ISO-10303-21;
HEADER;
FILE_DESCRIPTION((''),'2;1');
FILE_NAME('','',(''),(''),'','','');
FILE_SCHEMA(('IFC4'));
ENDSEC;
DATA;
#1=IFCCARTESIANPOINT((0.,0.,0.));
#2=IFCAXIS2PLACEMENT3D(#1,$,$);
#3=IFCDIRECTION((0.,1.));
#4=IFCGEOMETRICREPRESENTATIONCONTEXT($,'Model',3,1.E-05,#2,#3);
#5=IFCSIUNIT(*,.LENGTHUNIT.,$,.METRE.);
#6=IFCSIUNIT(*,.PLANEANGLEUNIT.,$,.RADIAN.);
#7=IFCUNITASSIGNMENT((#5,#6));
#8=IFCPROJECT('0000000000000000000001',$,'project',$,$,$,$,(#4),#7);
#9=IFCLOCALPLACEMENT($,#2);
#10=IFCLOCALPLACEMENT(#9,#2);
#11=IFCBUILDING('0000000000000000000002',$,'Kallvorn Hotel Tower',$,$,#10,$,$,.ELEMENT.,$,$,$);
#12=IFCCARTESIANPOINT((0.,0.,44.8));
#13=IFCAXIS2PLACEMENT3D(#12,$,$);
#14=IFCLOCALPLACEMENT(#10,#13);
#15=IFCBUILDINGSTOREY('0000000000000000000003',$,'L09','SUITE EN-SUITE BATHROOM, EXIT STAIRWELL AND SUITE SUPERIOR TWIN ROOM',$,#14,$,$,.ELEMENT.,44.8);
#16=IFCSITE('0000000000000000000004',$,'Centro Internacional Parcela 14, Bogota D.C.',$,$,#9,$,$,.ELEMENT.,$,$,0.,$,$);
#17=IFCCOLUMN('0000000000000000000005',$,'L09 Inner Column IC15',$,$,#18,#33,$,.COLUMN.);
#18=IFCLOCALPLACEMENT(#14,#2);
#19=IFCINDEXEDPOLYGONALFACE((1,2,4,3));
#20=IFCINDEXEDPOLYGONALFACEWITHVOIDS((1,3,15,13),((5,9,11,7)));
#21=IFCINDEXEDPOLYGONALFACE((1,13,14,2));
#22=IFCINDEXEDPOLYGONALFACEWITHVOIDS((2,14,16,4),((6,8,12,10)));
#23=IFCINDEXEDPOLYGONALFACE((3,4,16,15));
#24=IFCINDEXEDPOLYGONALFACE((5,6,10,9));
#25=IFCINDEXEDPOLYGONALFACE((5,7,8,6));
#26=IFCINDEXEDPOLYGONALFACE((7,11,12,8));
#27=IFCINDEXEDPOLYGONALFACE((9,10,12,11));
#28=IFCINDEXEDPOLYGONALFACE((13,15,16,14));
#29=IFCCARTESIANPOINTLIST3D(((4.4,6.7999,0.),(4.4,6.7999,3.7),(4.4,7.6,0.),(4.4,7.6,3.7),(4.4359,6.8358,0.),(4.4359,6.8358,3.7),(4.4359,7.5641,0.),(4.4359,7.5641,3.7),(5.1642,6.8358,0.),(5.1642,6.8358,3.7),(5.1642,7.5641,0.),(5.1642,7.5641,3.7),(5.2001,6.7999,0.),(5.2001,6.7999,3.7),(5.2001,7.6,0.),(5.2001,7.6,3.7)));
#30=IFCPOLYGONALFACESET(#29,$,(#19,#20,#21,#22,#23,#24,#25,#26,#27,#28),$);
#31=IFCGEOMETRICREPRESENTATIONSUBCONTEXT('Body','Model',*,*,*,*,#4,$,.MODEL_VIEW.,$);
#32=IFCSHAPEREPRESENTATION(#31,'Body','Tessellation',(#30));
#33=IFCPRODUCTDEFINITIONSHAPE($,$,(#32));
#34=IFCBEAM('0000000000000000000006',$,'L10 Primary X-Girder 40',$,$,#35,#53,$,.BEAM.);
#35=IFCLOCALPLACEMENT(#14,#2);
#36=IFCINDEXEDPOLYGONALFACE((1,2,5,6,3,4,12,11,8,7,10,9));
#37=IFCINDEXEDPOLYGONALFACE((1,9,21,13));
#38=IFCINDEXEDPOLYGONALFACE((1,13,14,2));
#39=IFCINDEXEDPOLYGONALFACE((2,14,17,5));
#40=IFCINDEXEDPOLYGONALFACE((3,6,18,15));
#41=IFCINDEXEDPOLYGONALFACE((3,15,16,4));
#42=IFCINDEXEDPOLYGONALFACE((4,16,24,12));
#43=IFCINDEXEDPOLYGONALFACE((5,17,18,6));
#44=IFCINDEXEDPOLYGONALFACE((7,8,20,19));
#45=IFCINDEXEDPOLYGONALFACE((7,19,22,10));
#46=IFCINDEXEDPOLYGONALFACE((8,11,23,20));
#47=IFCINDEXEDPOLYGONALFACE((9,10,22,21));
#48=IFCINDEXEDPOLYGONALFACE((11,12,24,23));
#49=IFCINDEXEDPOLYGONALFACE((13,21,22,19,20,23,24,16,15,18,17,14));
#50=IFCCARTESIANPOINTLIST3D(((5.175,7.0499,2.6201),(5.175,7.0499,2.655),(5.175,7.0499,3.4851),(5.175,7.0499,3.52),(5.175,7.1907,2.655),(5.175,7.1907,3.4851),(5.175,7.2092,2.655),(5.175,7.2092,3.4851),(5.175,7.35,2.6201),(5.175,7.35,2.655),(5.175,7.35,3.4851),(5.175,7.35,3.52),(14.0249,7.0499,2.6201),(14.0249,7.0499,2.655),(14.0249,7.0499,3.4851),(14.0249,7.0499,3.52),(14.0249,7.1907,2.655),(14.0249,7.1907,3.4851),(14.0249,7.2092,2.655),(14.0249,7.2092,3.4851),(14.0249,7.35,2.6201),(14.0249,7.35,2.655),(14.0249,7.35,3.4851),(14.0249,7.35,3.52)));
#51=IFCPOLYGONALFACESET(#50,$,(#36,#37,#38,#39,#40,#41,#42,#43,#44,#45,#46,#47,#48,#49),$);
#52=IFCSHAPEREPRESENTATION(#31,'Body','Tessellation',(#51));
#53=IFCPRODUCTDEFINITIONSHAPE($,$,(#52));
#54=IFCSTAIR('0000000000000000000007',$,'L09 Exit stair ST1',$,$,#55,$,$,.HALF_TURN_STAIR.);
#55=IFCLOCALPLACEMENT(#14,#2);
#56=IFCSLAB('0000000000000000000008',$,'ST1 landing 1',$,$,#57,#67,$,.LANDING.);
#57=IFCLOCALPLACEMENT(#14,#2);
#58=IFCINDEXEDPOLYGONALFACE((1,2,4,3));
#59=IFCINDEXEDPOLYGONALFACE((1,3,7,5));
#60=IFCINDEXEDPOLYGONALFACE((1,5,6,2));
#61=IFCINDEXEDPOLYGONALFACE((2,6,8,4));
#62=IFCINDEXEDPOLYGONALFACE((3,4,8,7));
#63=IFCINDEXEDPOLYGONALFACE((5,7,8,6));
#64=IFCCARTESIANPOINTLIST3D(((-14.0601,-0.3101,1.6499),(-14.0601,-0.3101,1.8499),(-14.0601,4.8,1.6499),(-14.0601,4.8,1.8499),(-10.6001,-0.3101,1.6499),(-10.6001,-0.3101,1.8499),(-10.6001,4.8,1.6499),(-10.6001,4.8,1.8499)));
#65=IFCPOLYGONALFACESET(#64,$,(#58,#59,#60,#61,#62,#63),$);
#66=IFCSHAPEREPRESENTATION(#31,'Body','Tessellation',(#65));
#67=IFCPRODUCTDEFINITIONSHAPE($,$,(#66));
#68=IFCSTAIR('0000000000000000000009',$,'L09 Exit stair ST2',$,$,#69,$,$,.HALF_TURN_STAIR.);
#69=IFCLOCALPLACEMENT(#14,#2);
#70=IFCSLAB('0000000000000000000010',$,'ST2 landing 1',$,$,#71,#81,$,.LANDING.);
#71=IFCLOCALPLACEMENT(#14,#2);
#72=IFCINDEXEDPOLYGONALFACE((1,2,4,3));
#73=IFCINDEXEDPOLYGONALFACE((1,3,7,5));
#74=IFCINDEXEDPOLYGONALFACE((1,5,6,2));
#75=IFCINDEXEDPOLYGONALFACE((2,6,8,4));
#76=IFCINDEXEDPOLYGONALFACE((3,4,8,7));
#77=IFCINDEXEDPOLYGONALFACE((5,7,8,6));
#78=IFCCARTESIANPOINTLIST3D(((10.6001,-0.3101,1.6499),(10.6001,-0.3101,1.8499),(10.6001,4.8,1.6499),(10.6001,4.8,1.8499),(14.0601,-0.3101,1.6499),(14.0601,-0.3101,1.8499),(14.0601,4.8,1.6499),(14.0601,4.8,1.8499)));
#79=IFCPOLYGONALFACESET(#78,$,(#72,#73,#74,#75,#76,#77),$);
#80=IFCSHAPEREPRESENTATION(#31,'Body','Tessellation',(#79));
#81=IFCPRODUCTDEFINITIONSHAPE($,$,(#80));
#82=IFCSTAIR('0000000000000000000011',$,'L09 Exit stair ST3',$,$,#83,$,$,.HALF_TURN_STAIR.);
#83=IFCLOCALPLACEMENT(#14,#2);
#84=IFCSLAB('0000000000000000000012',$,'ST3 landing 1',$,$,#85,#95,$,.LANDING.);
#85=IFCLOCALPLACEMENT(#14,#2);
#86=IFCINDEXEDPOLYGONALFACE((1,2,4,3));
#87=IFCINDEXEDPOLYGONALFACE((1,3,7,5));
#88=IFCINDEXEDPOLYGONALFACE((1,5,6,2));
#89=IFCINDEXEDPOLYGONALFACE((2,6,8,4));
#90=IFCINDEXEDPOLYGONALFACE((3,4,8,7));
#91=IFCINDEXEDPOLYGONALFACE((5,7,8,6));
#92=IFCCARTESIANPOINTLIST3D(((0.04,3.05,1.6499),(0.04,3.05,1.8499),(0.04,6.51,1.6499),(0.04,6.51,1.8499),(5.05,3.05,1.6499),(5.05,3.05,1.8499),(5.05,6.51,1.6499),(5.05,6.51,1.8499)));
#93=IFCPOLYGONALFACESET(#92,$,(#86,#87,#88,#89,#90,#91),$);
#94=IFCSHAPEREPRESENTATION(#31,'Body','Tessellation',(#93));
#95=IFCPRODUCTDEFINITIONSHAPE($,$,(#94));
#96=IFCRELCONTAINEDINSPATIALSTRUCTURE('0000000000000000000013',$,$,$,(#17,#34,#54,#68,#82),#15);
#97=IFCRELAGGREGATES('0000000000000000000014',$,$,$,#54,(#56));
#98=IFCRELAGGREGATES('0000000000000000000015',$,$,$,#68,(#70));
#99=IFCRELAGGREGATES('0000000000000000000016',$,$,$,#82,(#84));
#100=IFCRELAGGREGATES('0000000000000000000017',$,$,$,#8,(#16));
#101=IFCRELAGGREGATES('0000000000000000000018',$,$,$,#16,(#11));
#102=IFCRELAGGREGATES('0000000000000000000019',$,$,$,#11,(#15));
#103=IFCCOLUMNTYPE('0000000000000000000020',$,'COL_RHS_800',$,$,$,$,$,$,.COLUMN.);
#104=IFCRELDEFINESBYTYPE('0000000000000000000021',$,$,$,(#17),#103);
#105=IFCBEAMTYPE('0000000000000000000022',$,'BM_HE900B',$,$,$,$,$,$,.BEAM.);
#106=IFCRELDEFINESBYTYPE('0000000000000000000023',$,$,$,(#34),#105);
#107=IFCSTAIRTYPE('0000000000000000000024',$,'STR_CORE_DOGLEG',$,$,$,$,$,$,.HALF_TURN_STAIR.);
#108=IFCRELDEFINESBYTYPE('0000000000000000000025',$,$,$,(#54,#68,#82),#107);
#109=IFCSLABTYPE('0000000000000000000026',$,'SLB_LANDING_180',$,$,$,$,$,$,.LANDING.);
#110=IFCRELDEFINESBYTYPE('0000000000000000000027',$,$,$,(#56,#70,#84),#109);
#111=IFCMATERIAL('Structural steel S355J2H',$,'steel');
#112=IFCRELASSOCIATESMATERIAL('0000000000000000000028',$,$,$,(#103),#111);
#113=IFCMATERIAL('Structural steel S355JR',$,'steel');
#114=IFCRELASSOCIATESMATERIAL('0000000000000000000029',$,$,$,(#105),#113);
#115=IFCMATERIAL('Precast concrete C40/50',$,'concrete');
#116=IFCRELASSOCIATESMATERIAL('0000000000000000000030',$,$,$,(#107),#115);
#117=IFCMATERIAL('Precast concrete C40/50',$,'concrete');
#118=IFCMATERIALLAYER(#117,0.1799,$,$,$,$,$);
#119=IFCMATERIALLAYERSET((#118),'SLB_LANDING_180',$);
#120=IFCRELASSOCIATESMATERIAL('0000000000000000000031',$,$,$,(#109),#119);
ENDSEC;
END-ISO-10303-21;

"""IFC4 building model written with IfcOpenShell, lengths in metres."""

from ifc_helpers import new_model, si_unit, direction, frame, origin, origin_2d, place, context, subcontext, project, spatial, polyline, hollow_rectangle, i_section, outline, extrude, material, layer, layer_set, material_profile, profile_set, type_object, element, aggregate, save


model = new_model("IFC4")

# Units and contexts
model_context = context("Model", 3, precision=1e-05, world=origin(), true_north=direction((0.0, 1.0)))
body_context = subcontext(model_context, "Body", "Model", "MODEL_VIEW")
ifc_project = project(units=[si_unit("LENGTHUNIT", "METRE"), si_unit("PLANEANGLEUNIT", "RADIAN")], contexts=[model_context])

# Site, building, storey
site_placement = place(None, origin())
site = spatial("IfcSite", under=ifc_project, at=site_placement, Name="Centro Internacional Parcela 14, Bogota D.C.", CompositionType="ELEMENT", RefElevation=0.0)
building_placement = place(site_placement, origin())
building = spatial("IfcBuilding", under=site, at=building_placement, Name="Kallvorn Hotel Tower", CompositionType="ELEMENT")
storey_placement = place(building_placement, frame((0.0, 0.0, 44.8)))
storey = spatial("IfcBuildingStorey", under=building, at=storey_placement, Name="L09", Description="SUITE EN-SUITE BATHROOM, EXIT STAIRWELL AND SUITE SUPERIOR TWIN ROOM", CompositionType="ELEMENT", Elevation=44.8)

# Column
ifc_material_1 = material(Name="Structural steel S355J2H", Category="steel")
ifc_material_profile_1 = material_profile(ifc_material_1, hollow_rectangle(XDim=0.8, YDim=0.8, WallThickness=0.0359, at=origin_2d()), Name="RHS 800x800x36")
ifc_profile_set_1 = profile_set([ifc_material_profile_1], Name="Structural steel S355J2H")
column_type = type_object("IfcColumnType", Name="COL_RHS_800", PredefinedType="COLUMN", material=ifc_profile_set_1)
column_placement = place(storey_placement, frame((4.8, 7.2, 0.0), z_axis=(0.0, 0.0, 1.0), x_axis=(1.0, 0.0, 0.0)))
element("IfcColumn", 1, at=column_placement, inside=storey, type_object=column_type, Name="L09 Inner Column IC15", PredefinedType="COLUMN", context=body_context, shape_type="SweptSolid", body=[
    extrude(hollow_rectangle(XDim=0.8, YDim=0.8, WallThickness=0.0359, at=origin_2d()), origin(), (0.0, 0.0, 1.0), 3.7),
])

# Beam
ifc_material_2 = material(Name="Structural steel S355JR", Category="steel")
ifc_material_profile_2 = material_profile(ifc_material_2, i_section(OverallWidth=0.3, OverallDepth=0.8999, WebThickness=0.0186, FlangeThickness=0.0349, at=origin_2d()), Name="HE 900 B")
ifc_profile_set_2 = profile_set([ifc_material_profile_2], Name="Structural steel S355JR")
beam_type = type_object("IfcBeamType", Name="BM_HE900B", PredefinedType="BEAM", material=ifc_profile_set_2)
beam_placement = place(storey_placement, frame((5.175, 7.2, 3.0701), z_axis=(1.0, 0.0, 0.0), x_axis=(0.0, 1.0, 0.0)))
element("IfcBeam", 2, at=beam_placement, inside=storey, type_object=beam_type, Name="L10 Primary X-Girder 40", PredefinedType="BEAM", context=body_context, shape_type="SweptSolid", body=[
    extrude(i_section(OverallWidth=0.3, OverallDepth=0.8999, WebThickness=0.0186, FlangeThickness=0.0349, at=origin_2d()), origin(), (0.0, 0.0, 1.0), 8.8499),
])

# Stairs, slabs
ifc_material_3 = material(Name="Precast concrete C40/50", Category="concrete")
stair_type = type_object("IfcStairType", Name="STR_CORE_DOGLEG", PredefinedType="HALF_TURN_STAIR", material=ifc_material_3)
stair_1_placement = place(storey_placement, origin())
stair_1 = element("IfcStair", 3, at=stair_1_placement, inside=storey, type_object=stair_type, Name="L09 Exit stair ST1", PredefinedType="HALF_TURN_STAIR")
ifc_material_4 = material(Name="Precast concrete C40/50", Category="concrete")
ifc_layer_1 = layer(ifc_material_4, 0.1799)
ifc_layer_set_1 = layer_set([ifc_layer_1], Name="SLB_LANDING_180")
slab_type_1 = type_object("IfcSlabType", Name="SLB_LANDING_180", PredefinedType="LANDING", material=ifc_layer_set_1)
slab_1_placement = place(storey_placement, frame((0.0, 0.0, 1.6499)))
slab_1 = element("IfcSlab", 4, at=slab_1_placement, type_object=slab_type_1, Name="ST1 landing 1", PredefinedType="LANDING", context=body_context, shape_type="SweptSolid", body=[
    extrude(outline(polyline([(-10.6001, -0.3101), (-10.6001, 4.8), (-14.0601, 4.8), (-14.0601, -0.3101), (-10.6001, -0.3101)])), origin(), (0.0, 0.0, 1.0), 0.2),
])
aggregate(stair_1, [slab_1])
stair_2_placement = place(storey_placement, origin())
stair_2 = element("IfcStair", 5, at=stair_2_placement, inside=storey, type_object=stair_type, Name="L09 Exit stair ST2", PredefinedType="HALF_TURN_STAIR")
slab_2_placement = place(storey_placement, frame((0.0, 0.0, 1.6499)))
slab_2 = element("IfcSlab", 6, at=slab_2_placement, type_object=slab_type_1, Name="ST2 landing 1", PredefinedType="LANDING", context=body_context, shape_type="SweptSolid", body=[
    extrude(outline(polyline([(14.0601, -0.3101), (14.0601, 4.8), (10.6001, 4.8), (10.6001, -0.3101), (14.0601, -0.3101)])), origin(), (0.0, 0.0, 1.0), 0.2),
])
stair_3_placement = place(storey_placement, origin())
stair_3 = element("IfcStair", 7, at=stair_3_placement, inside=storey, type_object=stair_type, Name="L09 Exit stair ST3", PredefinedType="HALF_TURN_STAIR")
slab_3_placement = place(storey_placement, frame((0.0, 0.0, 1.6499)))
slab_3 = element("IfcSlab", 8, at=slab_3_placement, type_object=slab_type_1, Name="ST3 landing 1", PredefinedType="LANDING", context=body_context, shape_type="SweptSolid", body=[
    extrude(outline(polyline([(0.04, 3.05), (5.05, 3.05), (5.05, 6.51), (0.04, 6.51), (0.04, 3.05)])), origin(), (0.0, 0.0, 1.0), 0.2),
])

aggregate(stair_2, [slab_2])
aggregate(stair_3, [slab_3])

save(model, "model.ifc")
